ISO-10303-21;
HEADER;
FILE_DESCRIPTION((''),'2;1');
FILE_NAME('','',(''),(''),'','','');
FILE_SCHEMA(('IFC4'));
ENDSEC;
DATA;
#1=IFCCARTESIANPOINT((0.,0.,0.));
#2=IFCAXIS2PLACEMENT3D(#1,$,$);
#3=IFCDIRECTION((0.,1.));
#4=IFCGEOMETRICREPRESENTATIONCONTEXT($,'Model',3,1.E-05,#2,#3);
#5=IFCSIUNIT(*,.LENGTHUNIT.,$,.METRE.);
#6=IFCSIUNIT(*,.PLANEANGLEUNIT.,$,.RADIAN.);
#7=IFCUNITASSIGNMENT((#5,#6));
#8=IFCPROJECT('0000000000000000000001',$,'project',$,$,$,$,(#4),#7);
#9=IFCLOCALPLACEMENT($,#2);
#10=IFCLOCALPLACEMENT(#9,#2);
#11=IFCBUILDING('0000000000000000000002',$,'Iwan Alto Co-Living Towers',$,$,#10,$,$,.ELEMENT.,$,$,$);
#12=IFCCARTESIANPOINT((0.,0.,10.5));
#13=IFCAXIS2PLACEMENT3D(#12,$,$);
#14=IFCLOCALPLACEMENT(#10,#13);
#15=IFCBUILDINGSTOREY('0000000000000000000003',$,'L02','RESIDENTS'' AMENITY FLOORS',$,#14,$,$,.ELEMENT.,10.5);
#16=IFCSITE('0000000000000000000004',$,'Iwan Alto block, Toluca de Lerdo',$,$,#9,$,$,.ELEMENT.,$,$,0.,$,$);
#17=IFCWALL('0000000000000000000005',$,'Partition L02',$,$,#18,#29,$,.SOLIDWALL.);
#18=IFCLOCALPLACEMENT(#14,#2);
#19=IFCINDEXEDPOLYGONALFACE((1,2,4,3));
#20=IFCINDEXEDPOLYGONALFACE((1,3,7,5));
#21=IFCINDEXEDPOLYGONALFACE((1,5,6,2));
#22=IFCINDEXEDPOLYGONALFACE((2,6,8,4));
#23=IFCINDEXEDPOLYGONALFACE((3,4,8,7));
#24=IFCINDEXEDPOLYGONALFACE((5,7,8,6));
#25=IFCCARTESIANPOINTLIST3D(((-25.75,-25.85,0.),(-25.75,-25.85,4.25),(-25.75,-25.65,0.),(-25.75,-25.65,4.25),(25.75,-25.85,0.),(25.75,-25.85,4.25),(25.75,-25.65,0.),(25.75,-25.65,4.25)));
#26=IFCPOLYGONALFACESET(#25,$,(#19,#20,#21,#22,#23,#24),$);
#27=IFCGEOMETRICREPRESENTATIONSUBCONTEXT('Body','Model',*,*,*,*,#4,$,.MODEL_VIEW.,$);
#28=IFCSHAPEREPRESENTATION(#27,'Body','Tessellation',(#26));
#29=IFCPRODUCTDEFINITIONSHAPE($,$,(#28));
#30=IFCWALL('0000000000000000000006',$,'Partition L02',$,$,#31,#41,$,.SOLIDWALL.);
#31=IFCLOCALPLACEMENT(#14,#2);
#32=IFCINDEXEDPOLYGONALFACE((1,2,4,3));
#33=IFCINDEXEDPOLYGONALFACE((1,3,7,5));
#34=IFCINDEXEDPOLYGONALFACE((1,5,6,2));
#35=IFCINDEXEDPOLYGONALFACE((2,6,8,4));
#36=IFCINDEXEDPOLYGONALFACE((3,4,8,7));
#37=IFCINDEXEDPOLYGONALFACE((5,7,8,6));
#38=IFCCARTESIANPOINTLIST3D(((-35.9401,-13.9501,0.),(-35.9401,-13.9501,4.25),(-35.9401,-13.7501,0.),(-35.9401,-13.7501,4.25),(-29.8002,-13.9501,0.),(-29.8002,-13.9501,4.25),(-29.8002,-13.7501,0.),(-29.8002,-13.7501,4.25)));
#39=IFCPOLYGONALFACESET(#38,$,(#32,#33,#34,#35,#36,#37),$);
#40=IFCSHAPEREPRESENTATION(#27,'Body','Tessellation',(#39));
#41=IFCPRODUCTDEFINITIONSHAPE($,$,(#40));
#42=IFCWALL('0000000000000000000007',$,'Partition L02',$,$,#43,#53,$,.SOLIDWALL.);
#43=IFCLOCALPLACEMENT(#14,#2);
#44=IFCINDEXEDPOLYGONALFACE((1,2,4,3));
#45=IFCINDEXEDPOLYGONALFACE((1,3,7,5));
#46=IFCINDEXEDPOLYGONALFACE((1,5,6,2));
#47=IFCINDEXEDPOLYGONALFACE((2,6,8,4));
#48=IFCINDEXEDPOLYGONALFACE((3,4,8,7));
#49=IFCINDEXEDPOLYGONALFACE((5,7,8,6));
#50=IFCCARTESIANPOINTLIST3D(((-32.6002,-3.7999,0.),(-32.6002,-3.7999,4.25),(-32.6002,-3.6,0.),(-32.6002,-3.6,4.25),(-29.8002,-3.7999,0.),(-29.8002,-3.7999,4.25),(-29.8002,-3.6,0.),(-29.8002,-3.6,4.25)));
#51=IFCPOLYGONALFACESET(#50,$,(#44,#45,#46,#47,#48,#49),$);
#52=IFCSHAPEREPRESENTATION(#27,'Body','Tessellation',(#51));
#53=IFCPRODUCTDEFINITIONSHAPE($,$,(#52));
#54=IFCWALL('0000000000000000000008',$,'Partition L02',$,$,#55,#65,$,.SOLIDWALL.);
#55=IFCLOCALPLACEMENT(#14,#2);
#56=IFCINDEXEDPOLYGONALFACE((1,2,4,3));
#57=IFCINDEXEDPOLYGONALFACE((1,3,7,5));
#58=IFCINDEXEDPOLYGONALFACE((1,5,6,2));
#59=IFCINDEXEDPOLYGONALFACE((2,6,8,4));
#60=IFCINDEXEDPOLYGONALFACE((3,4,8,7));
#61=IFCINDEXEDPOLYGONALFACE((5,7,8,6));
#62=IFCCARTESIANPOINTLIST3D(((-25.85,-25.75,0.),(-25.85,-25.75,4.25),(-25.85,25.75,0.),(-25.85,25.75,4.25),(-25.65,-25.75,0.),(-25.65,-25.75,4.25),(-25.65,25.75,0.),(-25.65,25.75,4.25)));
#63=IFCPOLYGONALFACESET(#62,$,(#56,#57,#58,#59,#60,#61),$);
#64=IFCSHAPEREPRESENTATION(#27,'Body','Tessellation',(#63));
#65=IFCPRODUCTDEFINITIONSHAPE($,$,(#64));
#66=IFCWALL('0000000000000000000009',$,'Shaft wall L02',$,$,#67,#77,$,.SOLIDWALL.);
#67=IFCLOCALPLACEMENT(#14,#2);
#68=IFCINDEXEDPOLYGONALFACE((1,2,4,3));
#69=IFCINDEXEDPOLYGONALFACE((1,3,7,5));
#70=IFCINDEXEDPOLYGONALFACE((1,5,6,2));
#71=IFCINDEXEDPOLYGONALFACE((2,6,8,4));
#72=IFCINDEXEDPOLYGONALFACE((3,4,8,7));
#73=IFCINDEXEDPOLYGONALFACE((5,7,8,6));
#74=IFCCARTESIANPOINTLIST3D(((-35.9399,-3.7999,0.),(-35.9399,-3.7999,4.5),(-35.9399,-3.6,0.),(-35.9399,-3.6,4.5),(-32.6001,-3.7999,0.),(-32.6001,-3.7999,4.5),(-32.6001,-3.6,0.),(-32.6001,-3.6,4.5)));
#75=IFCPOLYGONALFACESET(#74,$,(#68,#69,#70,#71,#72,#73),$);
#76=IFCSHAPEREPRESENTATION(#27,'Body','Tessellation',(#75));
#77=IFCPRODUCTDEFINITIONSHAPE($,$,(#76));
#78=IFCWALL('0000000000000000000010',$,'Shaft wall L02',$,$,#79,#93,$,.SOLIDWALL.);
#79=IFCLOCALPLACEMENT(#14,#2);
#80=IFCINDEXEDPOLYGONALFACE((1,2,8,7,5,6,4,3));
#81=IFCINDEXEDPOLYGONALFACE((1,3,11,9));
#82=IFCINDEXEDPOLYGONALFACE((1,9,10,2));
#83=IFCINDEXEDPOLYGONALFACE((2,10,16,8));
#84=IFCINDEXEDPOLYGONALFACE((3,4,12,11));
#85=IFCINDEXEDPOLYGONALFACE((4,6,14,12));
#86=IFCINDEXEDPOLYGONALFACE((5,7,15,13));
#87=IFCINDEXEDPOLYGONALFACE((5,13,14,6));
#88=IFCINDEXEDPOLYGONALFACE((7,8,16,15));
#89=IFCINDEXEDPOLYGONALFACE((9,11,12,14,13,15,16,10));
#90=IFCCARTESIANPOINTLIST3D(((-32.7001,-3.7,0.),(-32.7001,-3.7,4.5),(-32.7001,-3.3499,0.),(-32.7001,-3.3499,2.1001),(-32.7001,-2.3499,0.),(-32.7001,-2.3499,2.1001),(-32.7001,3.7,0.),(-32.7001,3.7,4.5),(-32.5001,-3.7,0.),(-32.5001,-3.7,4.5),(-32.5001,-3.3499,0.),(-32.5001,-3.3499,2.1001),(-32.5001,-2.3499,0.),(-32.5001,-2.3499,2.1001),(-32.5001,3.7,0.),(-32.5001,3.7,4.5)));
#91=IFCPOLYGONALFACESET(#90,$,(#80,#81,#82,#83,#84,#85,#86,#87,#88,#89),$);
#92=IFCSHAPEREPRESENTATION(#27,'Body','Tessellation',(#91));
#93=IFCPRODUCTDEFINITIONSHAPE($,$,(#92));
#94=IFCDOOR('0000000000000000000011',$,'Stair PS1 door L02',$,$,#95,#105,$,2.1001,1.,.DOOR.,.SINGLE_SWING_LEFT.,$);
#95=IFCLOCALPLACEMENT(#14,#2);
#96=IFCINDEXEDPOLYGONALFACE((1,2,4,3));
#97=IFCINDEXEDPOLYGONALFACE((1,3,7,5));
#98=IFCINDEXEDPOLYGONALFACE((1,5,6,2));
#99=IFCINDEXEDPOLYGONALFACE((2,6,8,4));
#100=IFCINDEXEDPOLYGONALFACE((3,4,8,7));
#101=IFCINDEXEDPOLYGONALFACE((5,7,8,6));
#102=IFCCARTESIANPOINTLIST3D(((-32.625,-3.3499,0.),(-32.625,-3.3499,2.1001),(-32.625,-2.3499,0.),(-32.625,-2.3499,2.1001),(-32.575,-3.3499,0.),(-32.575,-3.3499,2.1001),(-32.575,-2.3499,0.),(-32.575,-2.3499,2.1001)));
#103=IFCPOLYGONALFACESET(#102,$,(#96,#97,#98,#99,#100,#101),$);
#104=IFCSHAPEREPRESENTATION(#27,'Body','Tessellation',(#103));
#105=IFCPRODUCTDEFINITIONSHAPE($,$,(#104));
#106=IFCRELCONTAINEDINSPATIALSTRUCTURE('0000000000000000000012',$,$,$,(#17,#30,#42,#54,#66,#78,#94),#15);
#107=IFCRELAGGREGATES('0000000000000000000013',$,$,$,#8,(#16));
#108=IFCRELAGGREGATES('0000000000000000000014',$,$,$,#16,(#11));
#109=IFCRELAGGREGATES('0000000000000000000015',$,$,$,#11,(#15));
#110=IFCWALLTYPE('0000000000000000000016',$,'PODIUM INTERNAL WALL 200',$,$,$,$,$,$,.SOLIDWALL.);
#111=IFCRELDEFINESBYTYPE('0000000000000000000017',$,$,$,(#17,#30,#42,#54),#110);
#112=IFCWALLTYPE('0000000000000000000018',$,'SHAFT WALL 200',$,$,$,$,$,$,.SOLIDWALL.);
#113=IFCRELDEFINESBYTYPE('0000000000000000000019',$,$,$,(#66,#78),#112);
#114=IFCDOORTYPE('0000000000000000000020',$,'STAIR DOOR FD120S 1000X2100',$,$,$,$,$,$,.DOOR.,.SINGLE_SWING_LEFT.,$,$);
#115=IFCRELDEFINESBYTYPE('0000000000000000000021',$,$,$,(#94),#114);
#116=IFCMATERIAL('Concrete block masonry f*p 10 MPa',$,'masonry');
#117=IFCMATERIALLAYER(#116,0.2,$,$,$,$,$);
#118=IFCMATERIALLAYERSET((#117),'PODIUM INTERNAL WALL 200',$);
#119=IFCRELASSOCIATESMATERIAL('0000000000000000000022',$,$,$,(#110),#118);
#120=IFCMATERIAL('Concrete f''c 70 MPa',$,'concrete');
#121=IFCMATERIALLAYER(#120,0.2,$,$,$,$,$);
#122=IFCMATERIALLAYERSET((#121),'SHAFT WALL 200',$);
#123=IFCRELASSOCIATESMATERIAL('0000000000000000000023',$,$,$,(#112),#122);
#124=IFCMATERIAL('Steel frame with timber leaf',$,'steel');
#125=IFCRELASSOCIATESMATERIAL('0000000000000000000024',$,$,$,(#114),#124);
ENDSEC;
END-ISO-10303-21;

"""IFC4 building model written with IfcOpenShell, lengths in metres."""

from ifc_helpers import new_model, si_unit, direction, frame, frame_2d, origin, place, context, subcontext, project, spatial, rectangle, extrude, material, layer, layer_set, type_object, element, fill, save


model = new_model("IFC4")

# Units and contexts
model_context = context("Model", 3, precision=1e-05, world=origin(), true_north=direction((0.0, 1.0)))
body_context = subcontext(model_context, "Body", "Model", "MODEL_VIEW")
ifc_project = project(units=[si_unit("LENGTHUNIT", "METRE"), si_unit("PLANEANGLEUNIT", "RADIAN")], contexts=[model_context])

# Site, building, storey
site_placement = place(None, origin())
site = spatial("IfcSite", under=ifc_project, at=site_placement, Name="Iwan Alto block, Toluca de Lerdo", CompositionType="ELEMENT", RefElevation=0.0)
building_placement = place(site_placement, origin())
building = spatial("IfcBuilding", under=site, at=building_placement, Name="Iwan Alto Co-Living Towers", CompositionType="ELEMENT")
storey_placement = place(building_placement, frame((0.0, 0.0, 10.5)))
storey = spatial("IfcBuildingStorey", under=building, at=storey_placement, Name="L02", Description="RESIDENTS' AMENITY FLOORS", CompositionType="ELEMENT", Elevation=10.5)

# Walls
ifc_material_1 = material(Name="Concrete block masonry f*p 10 MPa", Category="masonry")
ifc_layer_1 = layer(ifc_material_1, 0.2)
ifc_layer_set_1 = layer_set([ifc_layer_1], Name="PODIUM INTERNAL WALL 200")
wall_type_1 = type_object("IfcWallType", Name="PODIUM INTERNAL WALL 200", PredefinedType="SOLIDWALL", material=ifc_layer_set_1)
wall_1_placement = place(storey_placement, frame((-25.75, -25.75, 0.0), z_axis=(0.0, 0.0, 1.0), x_axis=(1.0, 0.0, 0.0)))
element("IfcWall", 1, at=wall_1_placement, inside=storey, type_object=wall_type_1, Name="Partition L02", PredefinedType="SOLIDWALL", context=body_context, shape_type="SweptSolid", body=[
    extrude(rectangle(XDim=51.5, YDim=0.2, at=frame_2d((25.75, 0.0))), origin(), (0.0, 0.0, 1.0), 4.25),
])
wall_2_placement = place(storey_placement, frame((-35.9399, -13.8501, 0.0), z_axis=(0.0, 0.0, 1.0), x_axis=(1.0, 0.0, 0.0)))
element("IfcWall", 2, at=wall_2_placement, inside=storey, type_object=wall_type_1, Name="Partition L02", PredefinedType="SOLIDWALL", context=body_context, shape_type="SweptSolid", body=[
    extrude(rectangle(XDim=6.1399, YDim=0.2, at=frame_2d((3.0698, 0.0))), origin(), (0.0, 0.0, 1.0), 4.25),
])
wall_3_placement = place(storey_placement, frame((-32.6001, -3.7, 0.0), z_axis=(0.0, 0.0, 1.0), x_axis=(1.0, 0.0, 0.0)))
element("IfcWall", 3, at=wall_3_placement, inside=storey, type_object=wall_type_1, Name="Partition L02", PredefinedType="SOLIDWALL", context=body_context, shape_type="SweptSolid", body=[
    extrude(rectangle(XDim=2.8, YDim=0.2, at=frame_2d((1.3999, 0.0))), origin(), (0.0, 0.0, 1.0), 4.25),
])
wall_4_placement = place(storey_placement, frame((-25.75, -25.75, 0.0), z_axis=(0.0, 0.0, 1.0), x_axis=(0.0, 1.0, 0.0)))
element("IfcWall", 4, at=wall_4_placement, inside=storey, type_object=wall_type_1, Name="Partition L02", PredefinedType="SOLIDWALL", context=body_context, shape_type="SweptSolid", body=[
    extrude(rectangle(XDim=51.5, YDim=0.2, at=frame_2d((25.75, 0.0))), origin(), (0.0, 0.0, 1.0), 4.25),
])
ifc_material_2 = material(Name="Concrete f'c 70 MPa", Category="concrete")
ifc_layer_2 = layer(ifc_material_2, 0.2)
ifc_layer_set_2 = layer_set([ifc_layer_2], Name="SHAFT WALL 200")
wall_type_2 = type_object("IfcWallType", Name="SHAFT WALL 200", PredefinedType="SOLIDWALL", material=ifc_layer_set_2)
wall_5_placement = place(storey_placement, frame((-35.9399, -3.7, 0.0), z_axis=(0.0, 0.0, 1.0), x_axis=(1.0, 0.0, 0.0)))
element("IfcWall", 5, at=wall_5_placement, inside=storey, type_object=wall_type_2, Name="Shaft wall L02", PredefinedType="SOLIDWALL", context=body_context, shape_type="SweptSolid", body=[
    extrude(rectangle(XDim=3.3398, YDim=0.2, at=frame_2d((1.6699, 0.0))), origin(), (0.0, 0.0, 1.0), 4.5),
])

# Wall, opening, door
wall_6_placement = place(storey_placement, frame((-32.6001, -3.7, 0.0), z_axis=(0.0, 0.0, 1.0), x_axis=(0.0, 1.0, 0.0)))
wall_6 = element("IfcWall", 6, at=wall_6_placement, inside=storey, type_object=wall_type_2, Name="Shaft wall L02", PredefinedType="SOLIDWALL", context=body_context, shape_type="SweptSolid", body=[
    extrude(rectangle(XDim=7.3999, YDim=0.2, at=frame_2d((3.7, 0.0))), origin(), (0.0, 0.0, 1.0), 4.5),
])
opening_placement = place(wall_6_placement, frame((0.3501, 0.0, 0.0)))
opening = element("IfcOpeningElement", 7, at=opening_placement, cuts=wall_6, PredefinedType="OPENING", context=body_context, shape_type="SweptSolid", body=[
    extrude(rectangle(XDim=1.0, YDim=2.1001, at=frame_2d((0.5, 1.05))), frame((0.0, 0.1099, 0.0), z_axis=(0.0, -1.0, 0.0), x_axis=(1.0, 0.0, 0.0)), (0.0, 0.0, 1.0), 0.22),
])
ifc_material_3 = material(Name="Steel frame with timber leaf", Category="steel")
door_type = type_object("IfcDoorType", Name="STAIR DOOR FD120S 1000X2100", OperationType="SINGLE_SWING_LEFT", PredefinedType="DOOR", material=ifc_material_3)
door_placement = place(opening_placement, origin())
door = element("IfcDoor", 8, at=door_placement, inside=storey, type_object=door_type, Name="Stair PS1 door L02", OperationType="SINGLE_SWING_LEFT", OverallHeight=2.1001, OverallWidth=1.0, PredefinedType="DOOR", context=body_context, shape_type="SweptSolid", body=[
    extrude(rectangle(XDim=1.0, YDim=2.1001, at=frame_2d((0.5, 1.05))), frame((0.0, 0.0249, 0.0), z_axis=(0.0, -1.0, 0.0), x_axis=(1.0, 0.0, 0.0)), (0.0, 0.0, 1.0), 0.05),
])
fill(opening, door)

save(model, "model.ifc")
